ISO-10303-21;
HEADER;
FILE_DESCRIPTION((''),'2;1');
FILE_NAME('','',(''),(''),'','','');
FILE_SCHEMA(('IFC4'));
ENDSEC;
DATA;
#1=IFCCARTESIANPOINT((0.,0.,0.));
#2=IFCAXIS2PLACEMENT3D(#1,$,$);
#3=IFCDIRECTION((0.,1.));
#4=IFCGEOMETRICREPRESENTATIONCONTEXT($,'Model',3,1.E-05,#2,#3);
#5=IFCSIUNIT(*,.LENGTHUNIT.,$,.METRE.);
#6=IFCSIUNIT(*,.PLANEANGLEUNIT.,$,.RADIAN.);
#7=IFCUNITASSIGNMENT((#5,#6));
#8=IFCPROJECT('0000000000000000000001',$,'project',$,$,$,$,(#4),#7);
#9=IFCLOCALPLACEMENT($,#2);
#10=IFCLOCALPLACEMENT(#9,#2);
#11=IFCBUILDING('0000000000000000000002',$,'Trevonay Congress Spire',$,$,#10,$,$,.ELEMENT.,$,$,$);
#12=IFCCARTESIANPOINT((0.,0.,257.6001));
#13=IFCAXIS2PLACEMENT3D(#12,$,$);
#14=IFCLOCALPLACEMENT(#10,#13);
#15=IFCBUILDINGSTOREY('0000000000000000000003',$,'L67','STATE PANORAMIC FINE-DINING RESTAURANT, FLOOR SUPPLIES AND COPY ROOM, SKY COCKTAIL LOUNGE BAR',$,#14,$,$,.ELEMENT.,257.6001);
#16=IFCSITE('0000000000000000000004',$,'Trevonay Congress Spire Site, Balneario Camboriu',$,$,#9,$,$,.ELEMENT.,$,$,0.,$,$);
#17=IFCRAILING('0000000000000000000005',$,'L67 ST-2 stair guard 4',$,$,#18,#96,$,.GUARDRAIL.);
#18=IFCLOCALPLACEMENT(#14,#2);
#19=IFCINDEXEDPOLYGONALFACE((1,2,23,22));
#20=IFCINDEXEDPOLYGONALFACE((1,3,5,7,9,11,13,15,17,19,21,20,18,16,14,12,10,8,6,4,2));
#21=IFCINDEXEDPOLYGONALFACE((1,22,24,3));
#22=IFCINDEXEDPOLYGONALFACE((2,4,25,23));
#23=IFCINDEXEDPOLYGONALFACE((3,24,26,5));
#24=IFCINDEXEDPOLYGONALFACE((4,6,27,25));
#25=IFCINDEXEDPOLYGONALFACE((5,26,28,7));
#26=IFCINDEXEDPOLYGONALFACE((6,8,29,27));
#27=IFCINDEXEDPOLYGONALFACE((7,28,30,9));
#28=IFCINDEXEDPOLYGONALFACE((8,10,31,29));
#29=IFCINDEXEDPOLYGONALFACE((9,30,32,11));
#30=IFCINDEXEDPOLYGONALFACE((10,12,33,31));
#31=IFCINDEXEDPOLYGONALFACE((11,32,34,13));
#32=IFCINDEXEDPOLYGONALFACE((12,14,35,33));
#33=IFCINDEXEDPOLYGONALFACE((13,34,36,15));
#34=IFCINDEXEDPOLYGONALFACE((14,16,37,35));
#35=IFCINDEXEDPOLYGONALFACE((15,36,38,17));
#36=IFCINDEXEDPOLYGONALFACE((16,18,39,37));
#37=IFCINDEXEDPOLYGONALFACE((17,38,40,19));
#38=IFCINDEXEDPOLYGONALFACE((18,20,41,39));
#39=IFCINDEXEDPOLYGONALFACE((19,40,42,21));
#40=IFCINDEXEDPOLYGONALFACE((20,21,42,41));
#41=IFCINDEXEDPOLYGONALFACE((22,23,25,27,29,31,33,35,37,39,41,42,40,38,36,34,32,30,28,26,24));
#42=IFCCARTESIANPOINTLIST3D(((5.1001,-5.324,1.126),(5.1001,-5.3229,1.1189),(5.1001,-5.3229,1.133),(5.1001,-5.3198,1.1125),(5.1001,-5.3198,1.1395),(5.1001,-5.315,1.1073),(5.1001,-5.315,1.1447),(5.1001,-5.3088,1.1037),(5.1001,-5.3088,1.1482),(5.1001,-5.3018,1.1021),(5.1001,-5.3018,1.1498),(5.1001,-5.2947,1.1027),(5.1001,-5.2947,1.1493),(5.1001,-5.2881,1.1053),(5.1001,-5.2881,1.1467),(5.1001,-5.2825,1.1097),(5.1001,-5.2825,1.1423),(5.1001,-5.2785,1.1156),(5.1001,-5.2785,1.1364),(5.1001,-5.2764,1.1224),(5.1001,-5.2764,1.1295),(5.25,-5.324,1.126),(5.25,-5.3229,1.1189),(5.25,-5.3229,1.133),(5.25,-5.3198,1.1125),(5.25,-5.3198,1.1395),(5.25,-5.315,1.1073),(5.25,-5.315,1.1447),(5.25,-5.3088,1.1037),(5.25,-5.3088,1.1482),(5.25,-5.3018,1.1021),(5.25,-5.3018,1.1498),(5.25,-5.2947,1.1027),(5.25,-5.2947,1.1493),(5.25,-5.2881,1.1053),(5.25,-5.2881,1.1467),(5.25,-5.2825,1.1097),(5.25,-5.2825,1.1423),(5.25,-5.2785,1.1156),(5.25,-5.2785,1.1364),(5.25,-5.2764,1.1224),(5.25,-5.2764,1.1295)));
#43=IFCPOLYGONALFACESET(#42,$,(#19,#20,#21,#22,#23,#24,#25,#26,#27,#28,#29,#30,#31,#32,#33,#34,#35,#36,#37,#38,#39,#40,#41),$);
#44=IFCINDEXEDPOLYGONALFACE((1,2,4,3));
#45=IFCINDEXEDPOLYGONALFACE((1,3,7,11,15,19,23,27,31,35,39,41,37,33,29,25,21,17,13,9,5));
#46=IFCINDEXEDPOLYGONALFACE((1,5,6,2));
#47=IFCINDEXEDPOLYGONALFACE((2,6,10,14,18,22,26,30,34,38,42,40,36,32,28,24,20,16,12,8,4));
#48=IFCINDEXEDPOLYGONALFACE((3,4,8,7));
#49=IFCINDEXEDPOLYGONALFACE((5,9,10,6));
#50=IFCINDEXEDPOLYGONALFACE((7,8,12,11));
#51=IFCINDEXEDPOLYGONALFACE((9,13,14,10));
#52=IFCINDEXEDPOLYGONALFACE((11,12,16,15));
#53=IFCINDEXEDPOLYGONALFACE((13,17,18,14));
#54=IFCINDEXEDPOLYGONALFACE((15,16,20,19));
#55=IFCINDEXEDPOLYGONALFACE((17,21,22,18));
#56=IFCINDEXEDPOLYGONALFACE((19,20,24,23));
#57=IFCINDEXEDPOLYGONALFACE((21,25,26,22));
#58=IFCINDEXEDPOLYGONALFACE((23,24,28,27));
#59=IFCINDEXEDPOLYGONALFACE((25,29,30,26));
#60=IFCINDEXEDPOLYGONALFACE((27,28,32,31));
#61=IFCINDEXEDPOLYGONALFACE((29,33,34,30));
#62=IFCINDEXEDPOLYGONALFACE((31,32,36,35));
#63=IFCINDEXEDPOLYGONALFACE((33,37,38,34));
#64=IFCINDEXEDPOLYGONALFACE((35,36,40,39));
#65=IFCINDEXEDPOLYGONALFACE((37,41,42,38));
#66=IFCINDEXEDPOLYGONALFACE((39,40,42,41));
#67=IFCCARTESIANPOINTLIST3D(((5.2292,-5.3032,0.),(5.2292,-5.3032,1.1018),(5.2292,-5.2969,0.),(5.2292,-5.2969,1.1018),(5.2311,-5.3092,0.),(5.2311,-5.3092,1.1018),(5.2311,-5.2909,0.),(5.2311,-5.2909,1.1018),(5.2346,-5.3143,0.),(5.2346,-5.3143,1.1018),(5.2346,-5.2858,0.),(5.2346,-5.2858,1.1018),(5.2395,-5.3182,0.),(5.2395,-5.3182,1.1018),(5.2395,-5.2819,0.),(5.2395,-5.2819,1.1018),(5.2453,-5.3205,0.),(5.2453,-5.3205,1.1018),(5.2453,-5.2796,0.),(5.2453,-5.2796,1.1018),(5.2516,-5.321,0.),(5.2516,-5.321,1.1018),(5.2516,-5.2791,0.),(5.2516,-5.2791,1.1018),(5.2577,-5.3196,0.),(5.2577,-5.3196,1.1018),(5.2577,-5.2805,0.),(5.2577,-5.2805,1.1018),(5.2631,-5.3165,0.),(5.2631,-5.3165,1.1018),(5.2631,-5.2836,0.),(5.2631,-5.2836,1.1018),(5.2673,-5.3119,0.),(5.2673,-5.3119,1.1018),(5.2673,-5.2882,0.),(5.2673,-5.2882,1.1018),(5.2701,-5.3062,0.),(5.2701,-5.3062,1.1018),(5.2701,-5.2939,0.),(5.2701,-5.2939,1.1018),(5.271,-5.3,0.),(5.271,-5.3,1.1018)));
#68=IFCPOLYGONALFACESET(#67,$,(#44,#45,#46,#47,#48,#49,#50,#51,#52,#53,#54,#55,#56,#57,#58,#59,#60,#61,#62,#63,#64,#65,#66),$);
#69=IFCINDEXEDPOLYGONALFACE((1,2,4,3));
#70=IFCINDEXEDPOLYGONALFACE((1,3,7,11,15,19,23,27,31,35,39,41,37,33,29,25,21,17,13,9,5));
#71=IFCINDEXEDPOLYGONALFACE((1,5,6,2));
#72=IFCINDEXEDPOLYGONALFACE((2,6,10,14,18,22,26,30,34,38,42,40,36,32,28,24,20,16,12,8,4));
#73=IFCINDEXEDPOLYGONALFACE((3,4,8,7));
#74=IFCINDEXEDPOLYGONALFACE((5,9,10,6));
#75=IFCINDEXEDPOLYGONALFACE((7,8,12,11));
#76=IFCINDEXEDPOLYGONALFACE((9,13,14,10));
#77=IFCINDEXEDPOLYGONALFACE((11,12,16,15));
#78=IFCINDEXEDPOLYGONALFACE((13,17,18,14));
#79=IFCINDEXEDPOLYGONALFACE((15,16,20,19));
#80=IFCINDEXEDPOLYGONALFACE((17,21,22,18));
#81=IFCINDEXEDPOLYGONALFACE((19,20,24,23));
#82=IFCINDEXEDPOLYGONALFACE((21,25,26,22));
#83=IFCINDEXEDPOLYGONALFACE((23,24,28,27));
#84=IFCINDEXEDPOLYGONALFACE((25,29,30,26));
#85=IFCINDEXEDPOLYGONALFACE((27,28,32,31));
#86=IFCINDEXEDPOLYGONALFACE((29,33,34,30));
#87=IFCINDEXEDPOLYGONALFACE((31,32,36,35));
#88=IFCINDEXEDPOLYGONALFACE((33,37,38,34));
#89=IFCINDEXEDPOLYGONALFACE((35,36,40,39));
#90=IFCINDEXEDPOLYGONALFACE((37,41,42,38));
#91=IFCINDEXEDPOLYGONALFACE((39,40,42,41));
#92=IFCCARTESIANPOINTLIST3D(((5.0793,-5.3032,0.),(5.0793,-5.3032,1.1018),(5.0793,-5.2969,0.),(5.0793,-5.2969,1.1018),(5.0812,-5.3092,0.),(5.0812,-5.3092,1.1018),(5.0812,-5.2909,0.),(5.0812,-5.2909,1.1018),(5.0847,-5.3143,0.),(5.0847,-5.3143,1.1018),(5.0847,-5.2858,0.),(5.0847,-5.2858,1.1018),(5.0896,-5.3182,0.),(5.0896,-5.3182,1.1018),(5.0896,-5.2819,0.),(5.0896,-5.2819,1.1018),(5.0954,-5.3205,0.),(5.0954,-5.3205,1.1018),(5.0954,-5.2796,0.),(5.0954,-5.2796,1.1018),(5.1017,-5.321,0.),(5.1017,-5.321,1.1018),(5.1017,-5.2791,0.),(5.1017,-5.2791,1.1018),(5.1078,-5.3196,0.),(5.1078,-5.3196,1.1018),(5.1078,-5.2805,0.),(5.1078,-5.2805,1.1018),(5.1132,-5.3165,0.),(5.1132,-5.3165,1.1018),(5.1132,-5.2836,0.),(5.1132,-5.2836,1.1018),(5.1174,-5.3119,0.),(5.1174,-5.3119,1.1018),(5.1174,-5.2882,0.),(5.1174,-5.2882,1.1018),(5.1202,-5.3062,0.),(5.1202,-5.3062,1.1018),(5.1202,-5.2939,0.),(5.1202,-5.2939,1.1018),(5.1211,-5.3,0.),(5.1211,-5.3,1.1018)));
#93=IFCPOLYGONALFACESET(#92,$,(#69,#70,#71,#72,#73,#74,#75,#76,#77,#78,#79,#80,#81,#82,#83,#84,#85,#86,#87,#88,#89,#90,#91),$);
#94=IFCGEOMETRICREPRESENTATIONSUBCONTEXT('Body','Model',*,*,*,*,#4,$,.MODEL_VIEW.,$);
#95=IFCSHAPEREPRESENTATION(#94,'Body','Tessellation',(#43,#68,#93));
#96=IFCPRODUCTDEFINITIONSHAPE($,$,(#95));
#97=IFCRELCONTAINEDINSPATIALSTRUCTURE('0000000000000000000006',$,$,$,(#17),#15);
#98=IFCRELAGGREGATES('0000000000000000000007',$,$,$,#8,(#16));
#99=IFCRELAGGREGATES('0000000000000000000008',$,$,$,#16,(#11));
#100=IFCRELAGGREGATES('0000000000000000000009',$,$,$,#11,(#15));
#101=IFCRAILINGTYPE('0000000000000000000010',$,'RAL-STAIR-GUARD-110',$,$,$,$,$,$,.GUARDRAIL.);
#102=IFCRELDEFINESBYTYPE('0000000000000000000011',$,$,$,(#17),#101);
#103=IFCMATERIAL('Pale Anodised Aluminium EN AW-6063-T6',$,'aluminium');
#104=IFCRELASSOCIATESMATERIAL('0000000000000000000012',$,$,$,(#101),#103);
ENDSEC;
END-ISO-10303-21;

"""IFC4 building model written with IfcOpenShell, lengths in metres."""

from ifc_helpers import new_model, si_unit, direction, frame, origin, origin_2d, place, context, subcontext, project, spatial, circle, extrude, material, type_object, element, save


model = new_model("IFC4")

# Units and contexts
model_context = context("Model", 3, precision=1e-05, world=origin(), true_north=direction((0.0, 1.0)))
body_context = subcontext(model_context, "Body", "Model", "MODEL_VIEW")
ifc_project = project(units=[si_unit("LENGTHUNIT", "METRE"), si_unit("PLANEANGLEUNIT", "RADIAN")], contexts=[model_context])

# Site, building, storey
site_placement = place(None, origin())
site = spatial("IfcSite", under=ifc_project, at=site_placement, Name="Trevonay Congress Spire Site, Balneario Camboriu", CompositionType="ELEMENT", RefElevation=0.0)
building_placement = place(site_placement, origin())
building = spatial("IfcBuilding", under=site, at=building_placement, Name="Trevonay Congress Spire", CompositionType="ELEMENT")
storey_placement = place(building_placement, frame((0.0, 0.0, 257.6001)))
storey = spatial("IfcBuildingStorey", under=building, at=storey_placement, Name="L67", Description="STATE PANORAMIC FINE-DINING RESTAURANT, FLOOR SUPPLIES AND COPY ROOM, SKY COCKTAIL LOUNGE BAR", CompositionType="ELEMENT", Elevation=257.6001)

# Shared definitions
ifc_material_1 = material(Name="Pale Anodised Aluminium EN AW-6063-T6", Category="aluminium")

# Railing
railing_type_1 = type_object("IfcRailingType", Name="RAL-STAIR-GUARD-110", PredefinedType="GUARDRAIL", material=ifc_material_1)
railing_1_placement = place(storey_placement, frame((5.25, -5.3, 0.0)))
element("IfcRailing", 1, at=railing_1_placement, inside=storey, type_object=railing_type_1, Name="L67 ST-2 stair guard 4", PredefinedType="GUARDRAIL", context=body_context, shape_type="SweptSolid", body=[
    extrude(circle(Radius=0.0239, at=origin_2d()), frame((0.0, 0.0, 1.126), z_axis=(-1.0, 0.0, 0.0), x_axis=(0.0, -1.0, 0.0)), (0.0, 0.0, 1.0), 0.1499),
    extrude(circle(Radius=0.021, at=origin_2d()), origin(), (0.0, 0.0, 1.0), 1.1018),
    extrude(circle(Radius=0.021, at=origin_2d()), frame((-0.1499, 0.0, 0.0)), (0.0, 0.0, 1.0), 1.1018),
])

save(model, "model.ifc")
